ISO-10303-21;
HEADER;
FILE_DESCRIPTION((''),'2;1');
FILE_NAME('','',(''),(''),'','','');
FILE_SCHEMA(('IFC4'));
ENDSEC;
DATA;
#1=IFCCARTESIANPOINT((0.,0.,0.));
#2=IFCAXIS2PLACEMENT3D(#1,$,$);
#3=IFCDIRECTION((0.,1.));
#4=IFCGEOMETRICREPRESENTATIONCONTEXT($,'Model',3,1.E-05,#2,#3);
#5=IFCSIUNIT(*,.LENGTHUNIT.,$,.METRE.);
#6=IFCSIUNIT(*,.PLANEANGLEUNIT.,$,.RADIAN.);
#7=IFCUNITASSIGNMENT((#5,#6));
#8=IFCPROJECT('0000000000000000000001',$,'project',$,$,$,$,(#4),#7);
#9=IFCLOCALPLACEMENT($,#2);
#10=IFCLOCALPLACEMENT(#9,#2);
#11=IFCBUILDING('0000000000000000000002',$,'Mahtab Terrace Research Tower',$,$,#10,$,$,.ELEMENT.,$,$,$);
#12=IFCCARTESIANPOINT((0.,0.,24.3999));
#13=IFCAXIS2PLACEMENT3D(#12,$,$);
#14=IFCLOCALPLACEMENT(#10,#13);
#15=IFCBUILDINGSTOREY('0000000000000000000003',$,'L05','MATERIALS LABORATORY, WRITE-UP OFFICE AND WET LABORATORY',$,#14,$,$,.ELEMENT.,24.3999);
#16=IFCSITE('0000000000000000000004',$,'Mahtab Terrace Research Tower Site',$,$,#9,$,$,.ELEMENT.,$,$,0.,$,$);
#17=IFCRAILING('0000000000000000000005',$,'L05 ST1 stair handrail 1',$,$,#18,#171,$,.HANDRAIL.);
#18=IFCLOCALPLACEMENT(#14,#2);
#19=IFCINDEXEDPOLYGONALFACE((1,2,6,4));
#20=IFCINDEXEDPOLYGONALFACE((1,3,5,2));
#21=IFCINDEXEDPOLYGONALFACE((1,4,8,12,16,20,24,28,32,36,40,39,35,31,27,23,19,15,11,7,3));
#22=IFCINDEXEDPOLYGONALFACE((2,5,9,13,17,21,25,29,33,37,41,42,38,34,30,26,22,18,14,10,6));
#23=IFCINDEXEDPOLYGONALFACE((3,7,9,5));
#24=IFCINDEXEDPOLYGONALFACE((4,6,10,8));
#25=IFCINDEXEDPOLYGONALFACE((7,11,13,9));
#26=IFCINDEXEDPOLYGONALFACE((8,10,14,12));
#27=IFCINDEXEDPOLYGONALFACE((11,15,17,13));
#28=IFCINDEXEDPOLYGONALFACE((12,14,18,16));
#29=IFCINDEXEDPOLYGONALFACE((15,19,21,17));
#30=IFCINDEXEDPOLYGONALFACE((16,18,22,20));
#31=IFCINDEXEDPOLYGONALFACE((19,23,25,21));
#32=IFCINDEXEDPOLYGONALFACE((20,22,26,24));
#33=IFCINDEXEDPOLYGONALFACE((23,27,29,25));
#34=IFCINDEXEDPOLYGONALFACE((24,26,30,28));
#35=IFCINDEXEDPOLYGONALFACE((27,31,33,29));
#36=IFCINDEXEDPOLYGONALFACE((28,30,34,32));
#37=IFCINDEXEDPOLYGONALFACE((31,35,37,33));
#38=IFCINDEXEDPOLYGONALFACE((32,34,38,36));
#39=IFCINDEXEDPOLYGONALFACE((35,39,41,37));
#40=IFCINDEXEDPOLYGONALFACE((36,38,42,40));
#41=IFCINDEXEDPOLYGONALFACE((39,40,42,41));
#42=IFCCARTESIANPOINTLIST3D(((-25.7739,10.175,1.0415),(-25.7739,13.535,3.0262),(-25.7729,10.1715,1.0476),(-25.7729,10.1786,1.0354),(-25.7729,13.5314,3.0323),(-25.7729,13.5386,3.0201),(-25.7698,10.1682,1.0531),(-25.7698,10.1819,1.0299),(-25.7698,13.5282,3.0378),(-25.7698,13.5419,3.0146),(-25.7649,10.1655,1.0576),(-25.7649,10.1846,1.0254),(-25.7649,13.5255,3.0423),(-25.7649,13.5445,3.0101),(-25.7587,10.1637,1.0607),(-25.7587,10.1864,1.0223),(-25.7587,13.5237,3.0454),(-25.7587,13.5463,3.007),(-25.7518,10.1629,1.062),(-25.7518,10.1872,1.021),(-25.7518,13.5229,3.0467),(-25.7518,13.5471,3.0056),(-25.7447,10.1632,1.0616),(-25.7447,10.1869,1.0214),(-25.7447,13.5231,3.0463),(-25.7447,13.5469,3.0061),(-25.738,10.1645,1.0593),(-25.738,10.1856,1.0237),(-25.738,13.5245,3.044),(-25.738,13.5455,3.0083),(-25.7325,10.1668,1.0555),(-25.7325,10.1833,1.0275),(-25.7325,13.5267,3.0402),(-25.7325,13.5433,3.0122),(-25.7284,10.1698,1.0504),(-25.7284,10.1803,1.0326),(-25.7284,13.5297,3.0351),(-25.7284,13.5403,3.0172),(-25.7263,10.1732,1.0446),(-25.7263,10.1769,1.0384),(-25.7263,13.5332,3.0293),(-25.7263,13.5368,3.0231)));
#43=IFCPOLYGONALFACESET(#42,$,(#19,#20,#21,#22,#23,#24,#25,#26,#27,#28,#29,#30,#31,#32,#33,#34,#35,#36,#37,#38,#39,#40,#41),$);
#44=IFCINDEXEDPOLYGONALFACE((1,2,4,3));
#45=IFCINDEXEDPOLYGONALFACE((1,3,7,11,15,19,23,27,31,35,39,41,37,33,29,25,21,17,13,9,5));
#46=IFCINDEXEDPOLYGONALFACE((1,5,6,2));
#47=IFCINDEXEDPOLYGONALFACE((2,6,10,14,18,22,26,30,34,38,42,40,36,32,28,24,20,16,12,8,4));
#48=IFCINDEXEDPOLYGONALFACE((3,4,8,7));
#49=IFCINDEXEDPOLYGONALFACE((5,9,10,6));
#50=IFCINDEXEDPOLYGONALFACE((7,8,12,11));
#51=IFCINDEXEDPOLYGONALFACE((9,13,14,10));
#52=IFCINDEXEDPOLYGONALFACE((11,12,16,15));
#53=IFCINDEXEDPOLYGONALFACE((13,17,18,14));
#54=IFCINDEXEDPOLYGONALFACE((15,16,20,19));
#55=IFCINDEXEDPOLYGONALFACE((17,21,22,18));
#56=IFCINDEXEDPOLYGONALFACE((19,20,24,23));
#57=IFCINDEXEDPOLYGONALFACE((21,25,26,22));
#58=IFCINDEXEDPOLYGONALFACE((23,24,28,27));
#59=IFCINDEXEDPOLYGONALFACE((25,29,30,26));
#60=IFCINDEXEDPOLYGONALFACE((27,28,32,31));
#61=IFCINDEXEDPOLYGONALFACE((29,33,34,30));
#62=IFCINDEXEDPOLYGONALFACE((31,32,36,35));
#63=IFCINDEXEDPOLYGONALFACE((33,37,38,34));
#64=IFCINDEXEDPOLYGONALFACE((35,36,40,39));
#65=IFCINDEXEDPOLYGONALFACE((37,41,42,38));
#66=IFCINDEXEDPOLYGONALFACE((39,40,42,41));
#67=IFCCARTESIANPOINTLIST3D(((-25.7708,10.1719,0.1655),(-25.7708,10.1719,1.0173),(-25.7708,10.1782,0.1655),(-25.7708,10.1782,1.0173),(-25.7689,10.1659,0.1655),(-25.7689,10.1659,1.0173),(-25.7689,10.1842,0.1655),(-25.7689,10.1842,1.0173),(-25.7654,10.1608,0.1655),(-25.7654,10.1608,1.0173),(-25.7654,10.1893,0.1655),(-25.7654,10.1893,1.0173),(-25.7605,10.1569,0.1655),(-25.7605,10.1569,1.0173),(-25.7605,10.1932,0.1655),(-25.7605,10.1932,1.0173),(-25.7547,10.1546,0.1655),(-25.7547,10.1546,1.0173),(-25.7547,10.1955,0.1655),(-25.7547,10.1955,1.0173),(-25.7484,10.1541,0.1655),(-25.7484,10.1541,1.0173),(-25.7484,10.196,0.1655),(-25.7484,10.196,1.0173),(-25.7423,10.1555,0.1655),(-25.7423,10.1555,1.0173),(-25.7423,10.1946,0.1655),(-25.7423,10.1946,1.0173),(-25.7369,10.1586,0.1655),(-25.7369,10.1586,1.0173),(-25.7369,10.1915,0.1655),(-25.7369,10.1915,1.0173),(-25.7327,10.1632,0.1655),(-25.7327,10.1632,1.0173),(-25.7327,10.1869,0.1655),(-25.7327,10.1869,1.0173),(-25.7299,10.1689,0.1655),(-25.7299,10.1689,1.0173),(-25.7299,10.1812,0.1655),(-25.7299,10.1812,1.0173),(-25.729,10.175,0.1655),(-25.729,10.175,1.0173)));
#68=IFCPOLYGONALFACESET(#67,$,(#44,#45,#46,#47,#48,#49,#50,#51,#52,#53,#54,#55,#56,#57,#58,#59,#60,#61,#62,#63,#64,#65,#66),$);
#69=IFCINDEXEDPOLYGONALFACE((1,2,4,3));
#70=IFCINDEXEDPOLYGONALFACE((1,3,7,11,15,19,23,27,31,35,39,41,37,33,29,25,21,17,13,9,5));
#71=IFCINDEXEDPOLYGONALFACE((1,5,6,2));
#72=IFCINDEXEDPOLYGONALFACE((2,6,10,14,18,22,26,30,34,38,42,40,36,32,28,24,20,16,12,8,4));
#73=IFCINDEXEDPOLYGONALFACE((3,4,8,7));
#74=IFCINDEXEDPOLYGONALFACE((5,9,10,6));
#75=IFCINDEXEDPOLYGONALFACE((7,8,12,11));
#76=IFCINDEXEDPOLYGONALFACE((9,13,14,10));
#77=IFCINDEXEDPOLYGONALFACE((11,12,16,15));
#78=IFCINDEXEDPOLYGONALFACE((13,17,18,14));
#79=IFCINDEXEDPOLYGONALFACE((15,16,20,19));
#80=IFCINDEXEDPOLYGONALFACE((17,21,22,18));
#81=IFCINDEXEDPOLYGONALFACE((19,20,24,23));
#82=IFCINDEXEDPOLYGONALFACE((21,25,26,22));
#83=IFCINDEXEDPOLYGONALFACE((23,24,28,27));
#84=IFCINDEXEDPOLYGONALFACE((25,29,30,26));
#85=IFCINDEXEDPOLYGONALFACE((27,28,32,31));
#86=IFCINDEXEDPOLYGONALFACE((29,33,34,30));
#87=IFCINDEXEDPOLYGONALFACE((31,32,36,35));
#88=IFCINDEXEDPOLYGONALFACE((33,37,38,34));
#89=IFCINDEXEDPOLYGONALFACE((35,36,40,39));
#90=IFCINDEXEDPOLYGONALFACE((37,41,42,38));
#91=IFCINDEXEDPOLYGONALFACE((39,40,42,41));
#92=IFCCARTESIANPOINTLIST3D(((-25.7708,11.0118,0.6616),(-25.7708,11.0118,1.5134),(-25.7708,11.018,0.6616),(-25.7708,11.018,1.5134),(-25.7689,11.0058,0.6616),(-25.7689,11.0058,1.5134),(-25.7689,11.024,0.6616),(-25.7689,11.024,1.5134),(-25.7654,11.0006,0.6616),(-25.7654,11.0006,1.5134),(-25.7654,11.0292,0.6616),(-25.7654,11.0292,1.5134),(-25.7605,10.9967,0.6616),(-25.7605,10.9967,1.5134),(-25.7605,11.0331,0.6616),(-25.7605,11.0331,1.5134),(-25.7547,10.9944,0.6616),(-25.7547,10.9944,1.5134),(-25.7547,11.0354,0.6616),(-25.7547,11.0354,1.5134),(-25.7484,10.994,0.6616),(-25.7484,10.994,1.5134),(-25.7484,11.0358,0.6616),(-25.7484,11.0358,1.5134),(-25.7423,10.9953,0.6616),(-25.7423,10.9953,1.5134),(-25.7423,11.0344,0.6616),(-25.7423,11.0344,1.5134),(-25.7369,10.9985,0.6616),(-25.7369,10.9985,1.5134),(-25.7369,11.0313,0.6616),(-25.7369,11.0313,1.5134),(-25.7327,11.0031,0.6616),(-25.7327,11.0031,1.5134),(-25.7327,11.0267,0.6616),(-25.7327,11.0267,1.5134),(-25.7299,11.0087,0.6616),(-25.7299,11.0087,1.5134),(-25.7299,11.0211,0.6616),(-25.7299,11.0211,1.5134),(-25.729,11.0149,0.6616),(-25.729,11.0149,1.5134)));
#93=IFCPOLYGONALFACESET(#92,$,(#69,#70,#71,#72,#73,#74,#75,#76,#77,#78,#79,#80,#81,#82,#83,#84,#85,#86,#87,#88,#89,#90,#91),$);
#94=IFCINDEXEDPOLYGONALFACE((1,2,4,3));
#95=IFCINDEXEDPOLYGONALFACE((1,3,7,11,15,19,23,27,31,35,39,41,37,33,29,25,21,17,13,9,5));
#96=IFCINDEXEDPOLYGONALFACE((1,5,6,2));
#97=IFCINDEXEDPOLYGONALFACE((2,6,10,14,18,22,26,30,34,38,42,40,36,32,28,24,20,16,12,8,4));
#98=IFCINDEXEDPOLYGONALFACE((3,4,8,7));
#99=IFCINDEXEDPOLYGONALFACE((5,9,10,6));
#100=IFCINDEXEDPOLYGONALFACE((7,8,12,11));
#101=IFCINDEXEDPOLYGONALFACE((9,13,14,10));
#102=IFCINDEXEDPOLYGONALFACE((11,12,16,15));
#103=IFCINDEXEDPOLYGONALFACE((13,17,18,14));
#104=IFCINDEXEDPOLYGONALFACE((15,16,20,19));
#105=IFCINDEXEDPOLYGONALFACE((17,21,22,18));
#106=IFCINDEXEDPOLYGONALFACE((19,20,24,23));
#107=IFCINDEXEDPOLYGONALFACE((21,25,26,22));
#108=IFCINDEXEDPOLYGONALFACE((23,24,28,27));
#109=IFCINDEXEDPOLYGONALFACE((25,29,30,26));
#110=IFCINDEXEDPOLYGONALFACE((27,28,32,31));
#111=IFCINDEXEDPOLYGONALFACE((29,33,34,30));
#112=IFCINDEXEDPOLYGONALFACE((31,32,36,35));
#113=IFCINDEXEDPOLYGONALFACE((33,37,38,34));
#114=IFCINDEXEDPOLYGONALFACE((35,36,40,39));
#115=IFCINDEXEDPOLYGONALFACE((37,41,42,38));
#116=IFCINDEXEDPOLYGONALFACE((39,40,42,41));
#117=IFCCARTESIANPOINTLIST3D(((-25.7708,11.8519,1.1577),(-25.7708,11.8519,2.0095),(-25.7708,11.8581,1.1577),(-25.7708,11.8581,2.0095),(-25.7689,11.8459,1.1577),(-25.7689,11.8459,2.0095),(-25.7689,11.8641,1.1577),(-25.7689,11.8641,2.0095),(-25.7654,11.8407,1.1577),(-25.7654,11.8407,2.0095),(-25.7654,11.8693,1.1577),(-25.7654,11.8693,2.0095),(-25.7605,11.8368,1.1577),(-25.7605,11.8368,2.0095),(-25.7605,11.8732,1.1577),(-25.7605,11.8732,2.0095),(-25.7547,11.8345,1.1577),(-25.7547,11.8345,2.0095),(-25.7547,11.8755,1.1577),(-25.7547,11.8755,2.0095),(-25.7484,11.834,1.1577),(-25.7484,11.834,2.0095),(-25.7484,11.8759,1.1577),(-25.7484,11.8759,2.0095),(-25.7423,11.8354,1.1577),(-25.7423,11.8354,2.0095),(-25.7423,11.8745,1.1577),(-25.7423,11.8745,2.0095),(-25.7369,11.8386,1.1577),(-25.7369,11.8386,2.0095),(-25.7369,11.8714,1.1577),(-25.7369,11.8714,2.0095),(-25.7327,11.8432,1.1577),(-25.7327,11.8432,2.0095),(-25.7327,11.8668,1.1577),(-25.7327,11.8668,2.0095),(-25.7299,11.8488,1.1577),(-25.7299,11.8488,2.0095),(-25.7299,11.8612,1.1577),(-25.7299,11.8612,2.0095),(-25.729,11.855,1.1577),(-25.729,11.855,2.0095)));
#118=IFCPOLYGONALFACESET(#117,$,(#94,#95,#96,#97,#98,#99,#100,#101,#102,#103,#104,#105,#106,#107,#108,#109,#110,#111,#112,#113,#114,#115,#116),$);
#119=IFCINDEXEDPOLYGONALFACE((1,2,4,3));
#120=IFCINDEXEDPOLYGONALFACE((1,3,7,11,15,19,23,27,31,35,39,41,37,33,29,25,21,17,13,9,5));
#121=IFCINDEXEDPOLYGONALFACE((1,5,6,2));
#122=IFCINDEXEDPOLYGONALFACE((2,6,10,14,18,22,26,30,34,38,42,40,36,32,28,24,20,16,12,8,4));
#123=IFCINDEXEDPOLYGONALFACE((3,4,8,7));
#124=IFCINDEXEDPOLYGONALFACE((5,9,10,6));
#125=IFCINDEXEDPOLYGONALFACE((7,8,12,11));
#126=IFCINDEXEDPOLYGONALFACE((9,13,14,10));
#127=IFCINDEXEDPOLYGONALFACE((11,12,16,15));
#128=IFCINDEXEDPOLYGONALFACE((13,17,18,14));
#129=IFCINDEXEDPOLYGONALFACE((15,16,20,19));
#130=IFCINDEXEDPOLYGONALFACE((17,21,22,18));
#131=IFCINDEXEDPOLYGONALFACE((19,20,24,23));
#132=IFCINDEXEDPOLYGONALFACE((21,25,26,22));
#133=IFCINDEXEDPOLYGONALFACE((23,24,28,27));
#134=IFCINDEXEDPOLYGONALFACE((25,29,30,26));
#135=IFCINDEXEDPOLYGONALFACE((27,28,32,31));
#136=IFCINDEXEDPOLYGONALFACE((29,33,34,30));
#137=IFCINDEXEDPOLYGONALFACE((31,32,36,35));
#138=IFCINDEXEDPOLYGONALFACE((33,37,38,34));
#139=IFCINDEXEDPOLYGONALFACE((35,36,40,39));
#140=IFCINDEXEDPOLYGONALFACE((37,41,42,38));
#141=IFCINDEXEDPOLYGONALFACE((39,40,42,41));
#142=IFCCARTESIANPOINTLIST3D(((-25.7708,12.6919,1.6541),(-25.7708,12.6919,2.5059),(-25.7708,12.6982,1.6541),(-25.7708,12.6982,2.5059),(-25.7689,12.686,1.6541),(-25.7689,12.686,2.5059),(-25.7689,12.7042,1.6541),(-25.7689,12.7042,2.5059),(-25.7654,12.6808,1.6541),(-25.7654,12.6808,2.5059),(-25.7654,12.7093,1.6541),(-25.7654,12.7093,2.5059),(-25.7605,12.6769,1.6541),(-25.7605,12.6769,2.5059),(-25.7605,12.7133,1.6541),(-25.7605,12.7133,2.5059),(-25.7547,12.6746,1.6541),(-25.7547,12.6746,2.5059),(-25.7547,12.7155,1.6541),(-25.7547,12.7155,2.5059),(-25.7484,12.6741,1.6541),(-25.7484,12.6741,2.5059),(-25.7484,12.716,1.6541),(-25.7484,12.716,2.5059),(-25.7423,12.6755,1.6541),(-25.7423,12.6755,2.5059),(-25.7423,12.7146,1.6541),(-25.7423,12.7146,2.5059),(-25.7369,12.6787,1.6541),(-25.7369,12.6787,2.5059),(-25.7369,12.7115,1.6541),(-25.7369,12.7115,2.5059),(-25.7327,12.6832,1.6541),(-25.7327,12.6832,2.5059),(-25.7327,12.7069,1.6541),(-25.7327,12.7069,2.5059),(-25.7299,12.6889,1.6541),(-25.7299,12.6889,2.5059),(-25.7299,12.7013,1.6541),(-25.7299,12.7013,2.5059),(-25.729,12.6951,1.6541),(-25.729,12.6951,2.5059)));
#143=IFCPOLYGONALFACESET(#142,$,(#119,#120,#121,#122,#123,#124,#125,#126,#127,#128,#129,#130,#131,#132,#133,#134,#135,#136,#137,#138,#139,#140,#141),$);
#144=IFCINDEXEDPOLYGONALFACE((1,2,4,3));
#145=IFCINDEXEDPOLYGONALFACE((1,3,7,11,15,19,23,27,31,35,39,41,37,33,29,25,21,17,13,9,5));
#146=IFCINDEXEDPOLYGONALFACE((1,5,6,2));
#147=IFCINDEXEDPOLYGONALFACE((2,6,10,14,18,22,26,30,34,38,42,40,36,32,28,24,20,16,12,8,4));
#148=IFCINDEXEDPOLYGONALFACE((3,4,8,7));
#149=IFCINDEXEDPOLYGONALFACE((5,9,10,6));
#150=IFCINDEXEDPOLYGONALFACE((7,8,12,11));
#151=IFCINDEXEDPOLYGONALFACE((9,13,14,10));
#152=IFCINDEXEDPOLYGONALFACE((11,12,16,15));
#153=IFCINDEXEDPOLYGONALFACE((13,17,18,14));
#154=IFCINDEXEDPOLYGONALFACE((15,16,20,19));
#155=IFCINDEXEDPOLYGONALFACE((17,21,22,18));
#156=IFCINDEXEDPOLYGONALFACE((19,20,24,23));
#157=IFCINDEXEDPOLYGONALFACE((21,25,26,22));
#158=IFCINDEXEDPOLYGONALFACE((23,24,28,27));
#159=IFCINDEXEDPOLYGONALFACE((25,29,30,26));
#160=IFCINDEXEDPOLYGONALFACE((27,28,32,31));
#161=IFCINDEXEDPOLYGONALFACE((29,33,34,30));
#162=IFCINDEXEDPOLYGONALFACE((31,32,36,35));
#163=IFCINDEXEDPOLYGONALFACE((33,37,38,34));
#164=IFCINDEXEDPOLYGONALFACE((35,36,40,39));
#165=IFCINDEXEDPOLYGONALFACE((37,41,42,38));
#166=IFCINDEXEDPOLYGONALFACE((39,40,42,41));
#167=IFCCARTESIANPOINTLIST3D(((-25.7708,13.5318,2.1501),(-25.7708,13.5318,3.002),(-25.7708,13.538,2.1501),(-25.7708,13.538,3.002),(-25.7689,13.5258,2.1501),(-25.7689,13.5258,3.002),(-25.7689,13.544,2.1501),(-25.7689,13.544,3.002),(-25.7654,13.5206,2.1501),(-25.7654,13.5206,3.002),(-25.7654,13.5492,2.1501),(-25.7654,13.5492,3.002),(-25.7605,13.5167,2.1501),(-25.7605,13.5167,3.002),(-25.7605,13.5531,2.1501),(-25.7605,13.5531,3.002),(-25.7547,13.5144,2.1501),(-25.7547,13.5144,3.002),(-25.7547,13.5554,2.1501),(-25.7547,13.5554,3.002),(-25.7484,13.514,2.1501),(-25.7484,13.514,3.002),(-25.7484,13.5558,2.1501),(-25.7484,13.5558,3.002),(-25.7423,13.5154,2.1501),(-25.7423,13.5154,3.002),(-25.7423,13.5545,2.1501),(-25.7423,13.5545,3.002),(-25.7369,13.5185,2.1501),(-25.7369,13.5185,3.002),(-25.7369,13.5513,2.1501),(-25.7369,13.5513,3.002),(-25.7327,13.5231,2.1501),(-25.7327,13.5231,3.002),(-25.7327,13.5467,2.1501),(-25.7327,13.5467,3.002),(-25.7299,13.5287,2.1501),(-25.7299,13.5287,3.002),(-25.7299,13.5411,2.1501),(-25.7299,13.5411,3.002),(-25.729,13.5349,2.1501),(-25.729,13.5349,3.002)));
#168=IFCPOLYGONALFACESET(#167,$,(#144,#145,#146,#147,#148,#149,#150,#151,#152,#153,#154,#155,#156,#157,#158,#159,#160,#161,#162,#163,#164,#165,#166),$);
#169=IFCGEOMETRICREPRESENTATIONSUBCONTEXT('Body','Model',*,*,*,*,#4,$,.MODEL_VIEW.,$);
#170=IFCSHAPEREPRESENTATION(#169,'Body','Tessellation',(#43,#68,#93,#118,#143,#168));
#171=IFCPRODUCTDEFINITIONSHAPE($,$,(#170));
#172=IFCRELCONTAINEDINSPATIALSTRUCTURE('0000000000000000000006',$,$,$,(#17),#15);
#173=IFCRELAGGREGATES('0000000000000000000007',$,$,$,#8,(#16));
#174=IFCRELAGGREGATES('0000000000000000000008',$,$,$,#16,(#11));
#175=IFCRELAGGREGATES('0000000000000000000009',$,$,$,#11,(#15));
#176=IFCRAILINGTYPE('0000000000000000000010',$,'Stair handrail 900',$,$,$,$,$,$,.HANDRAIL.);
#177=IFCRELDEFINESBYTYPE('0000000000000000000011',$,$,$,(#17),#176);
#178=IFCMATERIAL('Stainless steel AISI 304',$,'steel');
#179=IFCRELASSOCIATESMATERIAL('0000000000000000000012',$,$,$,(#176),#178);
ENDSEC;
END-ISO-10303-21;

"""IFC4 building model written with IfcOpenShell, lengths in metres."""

from ifc_helpers import new_model, si_unit, direction, frame, origin, origin_2d, place, context, subcontext, project, spatial, circle, extrude, material, type_object, element, save


model = new_model("IFC4")

# Units and contexts
model_context = context("Model", 3, precision=1e-05, world=origin(), true_north=direction((0.0, 1.0)))
body_context = subcontext(model_context, "Body", "Model", "MODEL_VIEW")
ifc_project = project(units=[si_unit("LENGTHUNIT", "METRE"), si_unit("PLANEANGLEUNIT", "RADIAN")], contexts=[model_context])

# Site, building, storey
site_placement = place(None, origin())
site = spatial("IfcSite", under=ifc_project, at=site_placement, Name="Mahtab Terrace Research Tower Site", CompositionType="ELEMENT", RefElevation=0.0)
building_placement = place(site_placement, origin())
building = spatial("IfcBuilding", under=site, at=building_placement, Name="Mahtab Terrace Research Tower", CompositionType="ELEMENT")
storey_placement = place(building_placement, frame((0.0, 0.0, 24.3999)))
storey = spatial("IfcBuildingStorey", under=building, at=storey_placement, Name="L05", Description="MATERIALS LABORATORY, WRITE-UP OFFICE AND WET LABORATORY", CompositionType="ELEMENT", Elevation=24.3999)

# Shared definitions
ifc_material_1 = material(Name="Stainless steel AISI 304", Category="steel")

# Railing
railing_type_1 = type_object("IfcRailingType", Name="Stair handrail 900", PredefinedType="HANDRAIL", material=ifc_material_1)
railing_1_placement = place(storey_placement, frame((-25.75, 10.175, 0.1655)))
element("IfcRailing", 1, at=railing_1_placement, inside=storey, type_object=railing_type_1, Name="L05 ST1 stair handrail 1", PredefinedType="HANDRAIL", context=body_context, shape_type="SweptSolid", body=[
    extrude(circle(Radius=0.0239, at=origin_2d()), frame((0.0, 0.0, 0.876), z_axis=(0.0, 0.861011, 0.508586), x_axis=(-1.0, 0.0, 0.0)), (0.0, 0.0, 1.0), 3.9023),
    extrude(circle(Radius=0.021, at=origin_2d()), origin(), (0.0, 0.0, 1.0), 0.8518),
    extrude(circle(Radius=0.021, at=origin_2d()), frame((0.0, 0.8398, 0.4961)), (0.0, 0.0, 1.0), 0.8518),
    extrude(circle(Radius=0.021, at=origin_2d()), frame((0.0, 1.6799, 0.9922)), (0.0, 0.0, 1.0), 0.8518),
    extrude(circle(Radius=0.021, at=origin_2d()), frame((0.0, 2.52, 1.4885)), (0.0, 0.0, 1.0), 0.8518),
    extrude(circle(Radius=0.021, at=origin_2d()), frame((0.0, 3.3599, 1.9846)), (0.0, 0.0, 1.0), 0.8518),
])

save(model, "model.ifc")
